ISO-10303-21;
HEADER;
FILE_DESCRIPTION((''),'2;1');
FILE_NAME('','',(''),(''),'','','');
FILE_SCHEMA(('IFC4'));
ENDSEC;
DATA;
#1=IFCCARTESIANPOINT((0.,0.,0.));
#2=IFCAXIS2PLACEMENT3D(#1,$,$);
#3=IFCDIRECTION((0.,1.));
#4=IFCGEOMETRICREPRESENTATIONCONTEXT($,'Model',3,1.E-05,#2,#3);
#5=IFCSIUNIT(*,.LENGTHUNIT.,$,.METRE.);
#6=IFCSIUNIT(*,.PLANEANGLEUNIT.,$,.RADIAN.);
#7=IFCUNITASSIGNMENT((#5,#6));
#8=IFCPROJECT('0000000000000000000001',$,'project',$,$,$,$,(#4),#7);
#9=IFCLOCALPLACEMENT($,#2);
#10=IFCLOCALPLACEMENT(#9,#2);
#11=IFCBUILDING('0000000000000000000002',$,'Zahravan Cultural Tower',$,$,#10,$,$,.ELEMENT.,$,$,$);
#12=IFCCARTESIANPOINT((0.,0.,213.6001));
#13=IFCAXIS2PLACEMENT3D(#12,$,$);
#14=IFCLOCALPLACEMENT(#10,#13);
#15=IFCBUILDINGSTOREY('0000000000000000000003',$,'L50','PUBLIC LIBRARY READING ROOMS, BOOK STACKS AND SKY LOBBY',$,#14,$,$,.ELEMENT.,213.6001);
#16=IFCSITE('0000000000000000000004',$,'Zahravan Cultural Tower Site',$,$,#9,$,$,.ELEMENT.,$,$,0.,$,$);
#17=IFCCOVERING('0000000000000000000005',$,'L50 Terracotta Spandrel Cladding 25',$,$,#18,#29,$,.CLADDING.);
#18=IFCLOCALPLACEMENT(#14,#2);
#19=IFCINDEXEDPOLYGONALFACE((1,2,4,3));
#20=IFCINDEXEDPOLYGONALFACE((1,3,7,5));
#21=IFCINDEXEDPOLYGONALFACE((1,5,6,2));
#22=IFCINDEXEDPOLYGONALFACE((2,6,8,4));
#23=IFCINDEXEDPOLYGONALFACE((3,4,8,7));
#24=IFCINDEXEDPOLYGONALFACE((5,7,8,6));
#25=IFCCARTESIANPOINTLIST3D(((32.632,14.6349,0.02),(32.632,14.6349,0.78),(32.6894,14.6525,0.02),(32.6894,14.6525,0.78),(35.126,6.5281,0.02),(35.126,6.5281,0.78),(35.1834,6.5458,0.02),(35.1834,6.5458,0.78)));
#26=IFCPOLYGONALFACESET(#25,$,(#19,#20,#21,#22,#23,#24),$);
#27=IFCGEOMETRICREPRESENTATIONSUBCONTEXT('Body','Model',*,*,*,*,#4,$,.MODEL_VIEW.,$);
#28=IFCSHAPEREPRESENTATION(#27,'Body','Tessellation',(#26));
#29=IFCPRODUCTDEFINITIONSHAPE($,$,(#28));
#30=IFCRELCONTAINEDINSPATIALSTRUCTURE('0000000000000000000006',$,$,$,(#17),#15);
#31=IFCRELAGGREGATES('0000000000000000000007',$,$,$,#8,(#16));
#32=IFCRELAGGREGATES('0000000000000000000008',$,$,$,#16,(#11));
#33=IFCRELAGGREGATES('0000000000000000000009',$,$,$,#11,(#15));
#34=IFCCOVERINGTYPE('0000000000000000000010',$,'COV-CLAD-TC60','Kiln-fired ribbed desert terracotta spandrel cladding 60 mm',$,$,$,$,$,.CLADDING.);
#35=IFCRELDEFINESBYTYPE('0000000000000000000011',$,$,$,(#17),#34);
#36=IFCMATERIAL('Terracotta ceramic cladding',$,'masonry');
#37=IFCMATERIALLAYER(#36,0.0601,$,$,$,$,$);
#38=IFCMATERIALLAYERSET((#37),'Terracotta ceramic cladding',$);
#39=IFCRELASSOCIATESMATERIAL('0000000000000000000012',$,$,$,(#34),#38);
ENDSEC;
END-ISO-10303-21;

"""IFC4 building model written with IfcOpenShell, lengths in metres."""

from ifc_helpers import new_model, si_unit, direction, frame, origin, origin_2d, place, context, subcontext, project, spatial, rectangle, extrude, source, transform, mapped, material, layer, layer_set, type_object, element, save


model = new_model("IFC4")

# Units and contexts
model_context = context("Model", 3, precision=1e-05, world=origin(), true_north=direction((0.0, 1.0)))
body_context = subcontext(model_context, "Body", "Model", "MODEL_VIEW")
ifc_project = project(units=[si_unit("LENGTHUNIT", "METRE"), si_unit("PLANEANGLEUNIT", "RADIAN")], contexts=[model_context])

# Site, building, storey
site_placement = place(None, origin())
site = spatial("IfcSite", under=ifc_project, at=site_placement, Name="Zahravan Cultural Tower Site", CompositionType="ELEMENT", RefElevation=0.0)
building_placement = place(site_placement, origin())
building = spatial("IfcBuilding", under=site, at=building_placement, Name="Zahravan Cultural Tower", CompositionType="ELEMENT")
storey_placement = place(building_placement, frame((0.0, 0.0, 213.6001)))
storey = spatial("IfcBuildingStorey", under=building, at=storey_placement, Name="L50", Description="PUBLIC LIBRARY READING ROOMS, BOOK STACKS AND SKY LOBBY", CompositionType="ELEMENT", Elevation=213.6001)

# Covering
ifc_material_1 = material(Name="Terracotta ceramic cladding", Category="masonry")
ifc_layer_1 = layer(ifc_material_1, 0.0601)
ifc_layer_set_1 = layer_set([ifc_layer_1], Name="Terracotta ceramic cladding")
covering_type = type_object("IfcCoveringType", Name="COV-CLAD-TC60", Description="Kiln-fired ribbed desert terracotta spandrel cladding 60 mm", PredefinedType="CLADDING", material=ifc_layer_set_1)
shared_shape_1 = source(origin(), body_context, "Body", "SweptSolid", [
    extrude(rectangle(XDim=8.4817, YDim=0.0601, at=origin_2d()), origin(), (0.0, 0.0, 1.0), 0.76),
])
covering_placement = place(storey_placement, frame((33.9077, 10.5903, 0.02), z_axis=(0.0, 0.0, 1.0), x_axis=(-0.29404, 0.955793, 0.0)))
element("IfcCovering", 1, at=covering_placement, inside=storey, type_object=covering_type, Name="L50 Terracotta Spandrel Cladding 25", PredefinedType="CLADDING", context=body_context, shape_type="MappedRepresentation", body=[
    mapped(shared_shape_1, transform((0.0, 0.0, 0.0), x_axis=(1.0, 0.0, 0.0), y_axis=(0.0, 1.0, 0.0), z_axis=(0.0, 0.0, 1.0), scale=1.0)),
])

save(model, "model.ifc")
